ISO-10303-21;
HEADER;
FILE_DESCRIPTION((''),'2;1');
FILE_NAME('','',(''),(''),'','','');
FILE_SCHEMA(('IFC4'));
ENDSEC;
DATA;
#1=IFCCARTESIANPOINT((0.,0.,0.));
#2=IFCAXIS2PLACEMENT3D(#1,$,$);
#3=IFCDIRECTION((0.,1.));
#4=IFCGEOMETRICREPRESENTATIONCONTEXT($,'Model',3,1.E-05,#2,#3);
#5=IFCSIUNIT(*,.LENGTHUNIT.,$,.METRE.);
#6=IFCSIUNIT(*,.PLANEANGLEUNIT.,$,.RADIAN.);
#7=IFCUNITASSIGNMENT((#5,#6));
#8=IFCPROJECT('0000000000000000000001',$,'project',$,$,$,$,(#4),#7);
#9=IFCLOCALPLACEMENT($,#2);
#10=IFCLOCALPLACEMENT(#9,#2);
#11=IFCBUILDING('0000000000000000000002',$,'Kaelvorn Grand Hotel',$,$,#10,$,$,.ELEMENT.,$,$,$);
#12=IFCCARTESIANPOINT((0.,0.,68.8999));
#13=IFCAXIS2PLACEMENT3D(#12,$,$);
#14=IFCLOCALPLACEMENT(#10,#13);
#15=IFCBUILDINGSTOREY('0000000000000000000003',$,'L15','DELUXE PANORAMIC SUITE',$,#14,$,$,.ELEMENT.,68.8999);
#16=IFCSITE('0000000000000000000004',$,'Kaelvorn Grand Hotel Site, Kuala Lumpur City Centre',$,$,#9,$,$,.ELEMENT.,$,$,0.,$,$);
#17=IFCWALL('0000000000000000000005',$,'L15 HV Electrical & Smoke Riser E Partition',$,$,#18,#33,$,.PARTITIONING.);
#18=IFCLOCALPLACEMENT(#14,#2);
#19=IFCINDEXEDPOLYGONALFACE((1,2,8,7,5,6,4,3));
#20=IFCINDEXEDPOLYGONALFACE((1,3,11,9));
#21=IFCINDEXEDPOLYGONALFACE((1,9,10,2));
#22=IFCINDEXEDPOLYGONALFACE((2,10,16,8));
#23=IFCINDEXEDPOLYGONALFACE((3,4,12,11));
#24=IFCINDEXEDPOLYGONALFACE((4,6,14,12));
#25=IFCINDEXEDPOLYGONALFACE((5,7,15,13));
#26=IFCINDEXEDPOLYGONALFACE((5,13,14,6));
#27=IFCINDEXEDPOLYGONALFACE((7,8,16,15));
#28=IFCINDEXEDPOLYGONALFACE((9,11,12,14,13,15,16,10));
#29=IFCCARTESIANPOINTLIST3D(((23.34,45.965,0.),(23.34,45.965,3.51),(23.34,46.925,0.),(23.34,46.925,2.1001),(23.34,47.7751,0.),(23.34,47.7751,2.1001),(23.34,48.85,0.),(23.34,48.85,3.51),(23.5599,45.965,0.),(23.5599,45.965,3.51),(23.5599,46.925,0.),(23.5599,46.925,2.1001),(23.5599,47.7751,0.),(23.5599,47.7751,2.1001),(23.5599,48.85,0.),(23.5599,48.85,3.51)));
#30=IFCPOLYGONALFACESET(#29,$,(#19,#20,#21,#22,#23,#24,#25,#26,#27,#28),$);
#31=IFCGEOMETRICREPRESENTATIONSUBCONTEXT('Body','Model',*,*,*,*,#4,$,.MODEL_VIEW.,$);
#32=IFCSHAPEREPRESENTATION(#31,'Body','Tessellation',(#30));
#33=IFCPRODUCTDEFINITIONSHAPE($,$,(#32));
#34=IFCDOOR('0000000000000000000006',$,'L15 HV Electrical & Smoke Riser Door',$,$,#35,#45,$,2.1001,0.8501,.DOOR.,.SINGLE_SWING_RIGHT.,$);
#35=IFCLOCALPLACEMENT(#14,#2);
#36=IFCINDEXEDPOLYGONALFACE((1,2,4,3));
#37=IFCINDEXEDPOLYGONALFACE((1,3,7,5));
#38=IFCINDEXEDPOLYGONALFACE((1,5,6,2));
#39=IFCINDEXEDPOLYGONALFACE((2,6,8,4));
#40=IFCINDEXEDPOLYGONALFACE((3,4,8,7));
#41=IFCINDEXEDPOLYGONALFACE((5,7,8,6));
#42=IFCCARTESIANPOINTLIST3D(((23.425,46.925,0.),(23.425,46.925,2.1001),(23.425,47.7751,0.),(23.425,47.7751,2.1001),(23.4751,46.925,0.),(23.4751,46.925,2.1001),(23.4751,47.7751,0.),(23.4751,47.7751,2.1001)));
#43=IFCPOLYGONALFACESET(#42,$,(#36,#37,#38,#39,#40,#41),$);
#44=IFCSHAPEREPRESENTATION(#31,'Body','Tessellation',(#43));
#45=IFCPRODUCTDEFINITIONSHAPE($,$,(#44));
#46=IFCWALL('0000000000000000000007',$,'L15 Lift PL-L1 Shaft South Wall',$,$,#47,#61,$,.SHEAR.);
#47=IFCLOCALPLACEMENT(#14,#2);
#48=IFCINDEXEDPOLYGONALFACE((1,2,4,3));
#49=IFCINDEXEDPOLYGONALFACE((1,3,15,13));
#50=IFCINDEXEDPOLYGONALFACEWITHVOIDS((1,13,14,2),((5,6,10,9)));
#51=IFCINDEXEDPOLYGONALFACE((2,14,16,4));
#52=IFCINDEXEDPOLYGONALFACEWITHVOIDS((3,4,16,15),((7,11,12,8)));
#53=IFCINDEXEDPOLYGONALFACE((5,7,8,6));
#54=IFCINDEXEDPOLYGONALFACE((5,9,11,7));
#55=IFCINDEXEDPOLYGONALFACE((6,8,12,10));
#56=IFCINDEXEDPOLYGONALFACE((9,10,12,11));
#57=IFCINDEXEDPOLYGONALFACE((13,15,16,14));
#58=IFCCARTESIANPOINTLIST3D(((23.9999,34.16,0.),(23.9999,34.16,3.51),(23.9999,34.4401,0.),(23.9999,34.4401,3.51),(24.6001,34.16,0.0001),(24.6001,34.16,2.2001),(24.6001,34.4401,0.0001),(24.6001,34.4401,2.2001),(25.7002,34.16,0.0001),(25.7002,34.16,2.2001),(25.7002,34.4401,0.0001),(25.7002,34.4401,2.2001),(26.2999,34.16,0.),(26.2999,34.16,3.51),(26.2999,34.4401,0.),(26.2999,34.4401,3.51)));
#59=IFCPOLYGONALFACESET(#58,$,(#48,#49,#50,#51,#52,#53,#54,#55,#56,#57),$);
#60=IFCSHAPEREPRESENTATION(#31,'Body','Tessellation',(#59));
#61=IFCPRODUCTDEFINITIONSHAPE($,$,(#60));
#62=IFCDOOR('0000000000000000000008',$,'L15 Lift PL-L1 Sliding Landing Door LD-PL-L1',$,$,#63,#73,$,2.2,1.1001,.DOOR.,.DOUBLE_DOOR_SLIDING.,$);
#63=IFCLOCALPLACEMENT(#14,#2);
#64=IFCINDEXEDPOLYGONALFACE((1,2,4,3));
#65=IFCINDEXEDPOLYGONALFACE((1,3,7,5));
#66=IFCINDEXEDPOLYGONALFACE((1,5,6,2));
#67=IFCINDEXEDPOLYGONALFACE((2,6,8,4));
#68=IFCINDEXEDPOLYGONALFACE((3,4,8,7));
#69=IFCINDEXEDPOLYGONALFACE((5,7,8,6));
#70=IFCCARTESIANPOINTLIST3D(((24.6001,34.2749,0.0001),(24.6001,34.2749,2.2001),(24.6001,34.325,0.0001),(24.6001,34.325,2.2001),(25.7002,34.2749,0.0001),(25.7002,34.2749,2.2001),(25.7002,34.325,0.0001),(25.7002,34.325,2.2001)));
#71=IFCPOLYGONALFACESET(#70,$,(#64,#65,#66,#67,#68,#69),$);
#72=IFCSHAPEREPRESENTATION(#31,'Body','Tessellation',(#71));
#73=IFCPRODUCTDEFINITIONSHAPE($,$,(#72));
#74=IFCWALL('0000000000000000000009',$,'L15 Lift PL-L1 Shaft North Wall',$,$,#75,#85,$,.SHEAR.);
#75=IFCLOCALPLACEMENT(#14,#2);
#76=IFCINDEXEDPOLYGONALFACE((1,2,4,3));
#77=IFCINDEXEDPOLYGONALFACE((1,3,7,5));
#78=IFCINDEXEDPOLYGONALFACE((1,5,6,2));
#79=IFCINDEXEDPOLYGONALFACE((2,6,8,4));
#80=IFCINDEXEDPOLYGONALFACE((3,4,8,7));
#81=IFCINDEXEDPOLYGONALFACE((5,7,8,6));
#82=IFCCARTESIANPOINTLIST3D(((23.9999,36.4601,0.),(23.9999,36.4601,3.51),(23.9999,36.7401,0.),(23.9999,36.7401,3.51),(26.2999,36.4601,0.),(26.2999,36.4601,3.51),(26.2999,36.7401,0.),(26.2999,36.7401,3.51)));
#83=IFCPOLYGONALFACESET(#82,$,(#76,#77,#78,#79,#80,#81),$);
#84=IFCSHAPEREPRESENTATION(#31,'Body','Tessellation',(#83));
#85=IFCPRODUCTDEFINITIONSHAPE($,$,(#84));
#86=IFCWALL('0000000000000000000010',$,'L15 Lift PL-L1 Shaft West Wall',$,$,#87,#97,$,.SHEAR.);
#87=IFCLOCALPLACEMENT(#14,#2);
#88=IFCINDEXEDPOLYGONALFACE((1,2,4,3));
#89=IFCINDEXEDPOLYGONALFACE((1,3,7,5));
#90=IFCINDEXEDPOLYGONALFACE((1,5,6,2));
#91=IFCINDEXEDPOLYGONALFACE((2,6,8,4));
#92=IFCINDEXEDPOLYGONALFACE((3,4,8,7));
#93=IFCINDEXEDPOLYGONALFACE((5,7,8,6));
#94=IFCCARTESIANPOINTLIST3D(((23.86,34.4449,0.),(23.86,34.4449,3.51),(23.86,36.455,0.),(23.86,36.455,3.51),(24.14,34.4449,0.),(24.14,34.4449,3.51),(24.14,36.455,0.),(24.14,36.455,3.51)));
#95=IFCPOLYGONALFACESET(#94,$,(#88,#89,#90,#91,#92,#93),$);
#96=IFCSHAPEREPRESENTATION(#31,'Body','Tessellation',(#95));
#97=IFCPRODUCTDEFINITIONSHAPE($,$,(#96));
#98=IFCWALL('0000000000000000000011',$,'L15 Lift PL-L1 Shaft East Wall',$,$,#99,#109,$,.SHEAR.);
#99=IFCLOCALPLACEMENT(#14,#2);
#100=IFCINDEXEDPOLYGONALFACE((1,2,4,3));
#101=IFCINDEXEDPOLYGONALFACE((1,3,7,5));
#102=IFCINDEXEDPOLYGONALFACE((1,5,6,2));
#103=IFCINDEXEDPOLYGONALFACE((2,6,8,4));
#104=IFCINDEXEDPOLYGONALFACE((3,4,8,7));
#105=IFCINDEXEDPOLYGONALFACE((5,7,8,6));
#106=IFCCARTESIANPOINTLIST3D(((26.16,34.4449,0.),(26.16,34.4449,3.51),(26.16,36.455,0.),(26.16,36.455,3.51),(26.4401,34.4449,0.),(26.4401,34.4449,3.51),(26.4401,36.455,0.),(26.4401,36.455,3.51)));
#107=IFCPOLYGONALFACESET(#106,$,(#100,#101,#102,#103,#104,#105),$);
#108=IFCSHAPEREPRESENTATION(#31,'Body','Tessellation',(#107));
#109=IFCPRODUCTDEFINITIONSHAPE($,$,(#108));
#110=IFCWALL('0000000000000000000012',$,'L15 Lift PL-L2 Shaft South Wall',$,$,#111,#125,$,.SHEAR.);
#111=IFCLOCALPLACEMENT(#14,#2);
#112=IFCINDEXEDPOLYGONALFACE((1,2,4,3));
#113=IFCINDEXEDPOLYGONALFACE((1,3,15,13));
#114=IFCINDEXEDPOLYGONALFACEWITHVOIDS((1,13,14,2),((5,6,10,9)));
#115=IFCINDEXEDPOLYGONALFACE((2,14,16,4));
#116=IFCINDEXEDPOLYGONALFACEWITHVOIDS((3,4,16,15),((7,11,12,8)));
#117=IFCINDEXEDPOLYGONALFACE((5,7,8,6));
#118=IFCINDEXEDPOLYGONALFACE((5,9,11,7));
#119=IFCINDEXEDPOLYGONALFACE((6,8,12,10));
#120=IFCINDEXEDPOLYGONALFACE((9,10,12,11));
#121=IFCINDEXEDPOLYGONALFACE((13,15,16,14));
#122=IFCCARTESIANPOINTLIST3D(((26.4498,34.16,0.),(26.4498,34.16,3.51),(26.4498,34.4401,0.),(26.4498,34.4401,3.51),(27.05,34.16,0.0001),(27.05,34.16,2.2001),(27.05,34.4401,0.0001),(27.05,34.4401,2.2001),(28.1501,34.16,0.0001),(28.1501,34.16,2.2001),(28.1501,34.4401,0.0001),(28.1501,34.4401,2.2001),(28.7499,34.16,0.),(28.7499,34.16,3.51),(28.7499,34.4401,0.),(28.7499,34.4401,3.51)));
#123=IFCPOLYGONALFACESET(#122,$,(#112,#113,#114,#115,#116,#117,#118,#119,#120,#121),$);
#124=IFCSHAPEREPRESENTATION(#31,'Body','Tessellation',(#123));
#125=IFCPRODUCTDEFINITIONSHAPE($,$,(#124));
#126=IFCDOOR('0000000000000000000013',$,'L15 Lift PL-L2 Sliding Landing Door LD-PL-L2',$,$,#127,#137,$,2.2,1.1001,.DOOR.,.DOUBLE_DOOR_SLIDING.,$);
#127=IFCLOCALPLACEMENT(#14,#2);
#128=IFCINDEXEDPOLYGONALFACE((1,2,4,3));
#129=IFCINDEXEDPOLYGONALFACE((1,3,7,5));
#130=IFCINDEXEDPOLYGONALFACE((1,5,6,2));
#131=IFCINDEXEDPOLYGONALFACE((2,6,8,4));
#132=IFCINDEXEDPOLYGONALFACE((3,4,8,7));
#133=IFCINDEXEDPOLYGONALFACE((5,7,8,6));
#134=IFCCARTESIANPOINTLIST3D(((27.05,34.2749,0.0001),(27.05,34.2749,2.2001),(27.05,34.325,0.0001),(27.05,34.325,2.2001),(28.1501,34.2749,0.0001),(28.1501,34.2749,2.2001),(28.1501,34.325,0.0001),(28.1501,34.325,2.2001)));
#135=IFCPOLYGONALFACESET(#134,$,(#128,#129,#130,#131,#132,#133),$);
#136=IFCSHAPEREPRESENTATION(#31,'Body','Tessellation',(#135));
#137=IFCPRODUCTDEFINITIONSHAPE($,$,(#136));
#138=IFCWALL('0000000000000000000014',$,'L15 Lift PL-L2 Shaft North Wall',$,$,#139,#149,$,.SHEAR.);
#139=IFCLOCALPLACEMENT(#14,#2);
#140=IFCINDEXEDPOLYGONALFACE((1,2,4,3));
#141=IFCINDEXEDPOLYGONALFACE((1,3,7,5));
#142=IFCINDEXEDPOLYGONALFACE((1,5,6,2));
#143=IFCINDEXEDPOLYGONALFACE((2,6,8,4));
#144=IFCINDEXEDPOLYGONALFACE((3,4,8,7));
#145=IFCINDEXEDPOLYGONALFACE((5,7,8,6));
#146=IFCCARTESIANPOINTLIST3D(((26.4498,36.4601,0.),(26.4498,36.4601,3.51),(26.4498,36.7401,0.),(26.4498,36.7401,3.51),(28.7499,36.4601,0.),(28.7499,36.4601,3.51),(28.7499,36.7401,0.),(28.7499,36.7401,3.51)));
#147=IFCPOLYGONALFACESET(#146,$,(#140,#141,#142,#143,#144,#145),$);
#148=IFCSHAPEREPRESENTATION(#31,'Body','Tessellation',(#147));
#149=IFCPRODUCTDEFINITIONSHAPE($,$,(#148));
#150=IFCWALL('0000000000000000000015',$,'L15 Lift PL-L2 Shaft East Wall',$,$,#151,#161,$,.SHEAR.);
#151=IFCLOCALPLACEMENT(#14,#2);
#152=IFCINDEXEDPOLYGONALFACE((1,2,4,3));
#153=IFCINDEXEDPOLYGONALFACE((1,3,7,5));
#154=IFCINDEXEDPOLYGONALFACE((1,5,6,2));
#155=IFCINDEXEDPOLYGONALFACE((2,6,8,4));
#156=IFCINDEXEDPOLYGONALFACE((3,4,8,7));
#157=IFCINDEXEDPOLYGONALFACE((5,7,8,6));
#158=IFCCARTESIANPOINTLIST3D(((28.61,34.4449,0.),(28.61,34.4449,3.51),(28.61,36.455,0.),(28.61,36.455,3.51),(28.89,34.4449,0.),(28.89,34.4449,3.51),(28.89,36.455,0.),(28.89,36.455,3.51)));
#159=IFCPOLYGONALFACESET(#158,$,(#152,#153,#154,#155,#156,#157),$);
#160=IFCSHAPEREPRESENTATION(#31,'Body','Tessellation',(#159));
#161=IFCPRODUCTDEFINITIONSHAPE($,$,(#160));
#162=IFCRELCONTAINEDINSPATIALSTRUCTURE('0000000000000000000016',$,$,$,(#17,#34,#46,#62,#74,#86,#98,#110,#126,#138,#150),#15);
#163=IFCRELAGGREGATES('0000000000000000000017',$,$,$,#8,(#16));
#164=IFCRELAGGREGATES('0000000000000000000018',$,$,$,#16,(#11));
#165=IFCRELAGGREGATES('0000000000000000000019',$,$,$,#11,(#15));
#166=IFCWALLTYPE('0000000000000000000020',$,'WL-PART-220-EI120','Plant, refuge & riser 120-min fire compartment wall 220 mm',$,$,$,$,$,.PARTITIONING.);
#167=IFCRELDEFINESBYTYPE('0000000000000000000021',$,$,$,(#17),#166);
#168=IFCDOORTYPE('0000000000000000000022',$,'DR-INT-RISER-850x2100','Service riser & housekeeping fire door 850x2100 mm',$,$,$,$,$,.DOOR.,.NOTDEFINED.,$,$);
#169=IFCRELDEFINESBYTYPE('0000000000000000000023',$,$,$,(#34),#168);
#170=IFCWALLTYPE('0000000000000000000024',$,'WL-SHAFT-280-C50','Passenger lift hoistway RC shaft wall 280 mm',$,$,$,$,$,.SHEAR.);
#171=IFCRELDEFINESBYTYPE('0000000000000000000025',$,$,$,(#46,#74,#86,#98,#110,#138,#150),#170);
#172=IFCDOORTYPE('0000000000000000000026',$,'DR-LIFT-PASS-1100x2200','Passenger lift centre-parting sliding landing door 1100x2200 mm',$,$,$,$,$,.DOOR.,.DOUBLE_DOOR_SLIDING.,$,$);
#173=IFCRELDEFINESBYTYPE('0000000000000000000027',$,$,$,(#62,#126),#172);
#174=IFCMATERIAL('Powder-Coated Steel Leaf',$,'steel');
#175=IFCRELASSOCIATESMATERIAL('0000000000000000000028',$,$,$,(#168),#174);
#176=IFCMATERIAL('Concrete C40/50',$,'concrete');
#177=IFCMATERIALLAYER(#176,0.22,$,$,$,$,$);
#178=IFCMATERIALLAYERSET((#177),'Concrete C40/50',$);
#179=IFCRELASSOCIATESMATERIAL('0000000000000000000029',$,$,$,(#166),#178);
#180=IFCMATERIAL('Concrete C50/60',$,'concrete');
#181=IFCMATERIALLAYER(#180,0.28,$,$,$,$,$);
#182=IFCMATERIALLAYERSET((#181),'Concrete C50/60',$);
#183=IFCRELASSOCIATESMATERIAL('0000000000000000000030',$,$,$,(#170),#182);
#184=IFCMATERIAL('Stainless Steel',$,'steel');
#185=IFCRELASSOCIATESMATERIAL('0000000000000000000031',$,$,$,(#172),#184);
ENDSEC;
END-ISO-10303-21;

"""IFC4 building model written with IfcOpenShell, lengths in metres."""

from ifc_helpers import new_model, si_unit, direction, frame, frame_2d, origin, place, context, subcontext, project, spatial, rectangle, extrude, material, layer, layer_set, type_object, element, fill, save


model = new_model("IFC4")

# Units and contexts
model_context = context("Model", 3, precision=1e-05, world=origin(), true_north=direction((0.0, 1.0)))
body_context = subcontext(model_context, "Body", "Model", "MODEL_VIEW")
ifc_project = project(units=[si_unit("LENGTHUNIT", "METRE"), si_unit("PLANEANGLEUNIT", "RADIAN")], contexts=[model_context])

# Site, building, storey
site_placement = place(None, origin())
site = spatial("IfcSite", under=ifc_project, at=site_placement, Name="Kaelvorn Grand Hotel Site, Kuala Lumpur City Centre", CompositionType="ELEMENT", RefElevation=0.0)
building_placement = place(site_placement, origin())
building = spatial("IfcBuilding", under=site, at=building_placement, Name="Kaelvorn Grand Hotel", CompositionType="ELEMENT")
storey_placement = place(building_placement, frame((0.0, 0.0, 68.8999)))
storey = spatial("IfcBuildingStorey", under=building, at=storey_placement, Name="L15", Description="DELUXE PANORAMIC SUITE", CompositionType="ELEMENT", Elevation=68.8999)

# Shared definitions
ifc_material_1 = material(Name="Powder-Coated Steel Leaf", Category="steel")
door_type_1 = type_object("IfcDoorType", Name="DR-INT-RISER-850x2100", Description="Service riser & housekeeping fire door 850x2100 mm", OperationType="NOTDEFINED", PredefinedType="DOOR", material=ifc_material_1)

# Shared definitions
ifc_material_2 = material(Name="Concrete C40/50", Category="concrete")
ifc_layer_1 = layer(ifc_material_2, 0.22)
ifc_layer_set_1 = layer_set([ifc_layer_1], Name="Concrete C40/50")
wall_type_1 = type_object("IfcWallType", Name="WL-PART-220-EI120", Description="Plant, refuge & riser 120-min fire compartment wall 220 mm", PredefinedType="PARTITIONING", material=ifc_layer_set_1)

# Walls, openings, doors
wall_1_placement = place(storey_placement, frame((23.45, 45.9651, 0.0), z_axis=(0.0, 0.0, 1.0), x_axis=(0.0, 1.0, 0.0)))
wall_1 = element("IfcWall", 1, at=wall_1_placement, inside=storey, type_object=wall_type_1, Name="L15 HV Electrical & Smoke Riser E Partition", PredefinedType="PARTITIONING", context=body_context, shape_type="SweptSolid", body=[
    extrude(rectangle(XDim=2.885, YDim=0.22, at=frame_2d((1.4424, 0.0))), origin(), (0.0, 0.0, 1.0), 3.51),
])
opening_1_placement = place(wall_1_placement, frame((0.96, 0.0, 0.0)))
opening_1 = element("IfcOpeningElement", 2, at=opening_1_placement, cuts=wall_1, PredefinedType="OPENING", context=body_context, shape_type="SweptSolid", body=[
    extrude(rectangle(XDim=0.8501, YDim=2.1001, at=frame_2d((0.425, 1.05))), frame((0.0, 0.1201, 0.0), z_axis=(0.0, -1.0, 0.0), x_axis=(1.0, 0.0, 0.0)), (0.0, 0.0, 1.0), 0.24),
])
door_1_placement = place(opening_1_placement, origin())
door_1 = element("IfcDoor", 3, at=door_1_placement, inside=storey, type_object=door_type_1, Name="L15 HV Electrical & Smoke Riser Door", OperationType="SINGLE_SWING_RIGHT", OverallHeight=2.1001, OverallWidth=0.8501, PredefinedType="DOOR", context=body_context, shape_type="SweptSolid", body=[
    extrude(rectangle(XDim=0.8501, YDim=2.1001, at=frame_2d((0.425, 1.05))), frame((0.0, 0.0249, 0.0), z_axis=(0.0, -1.0, 0.0), x_axis=(1.0, 0.0, 0.0)), (0.0, 0.0, 1.0), 0.05),
])
fill(opening_1, door_1)
ifc_material_3 = material(Name="Concrete C50/60", Category="concrete")
ifc_layer_2 = layer(ifc_material_3, 0.28)
ifc_layer_set_2 = layer_set([ifc_layer_2], Name="Concrete C50/60")
wall_type_2 = type_object("IfcWallType", Name="WL-SHAFT-280-C50", Description="Passenger lift hoistway RC shaft wall 280 mm", PredefinedType="SHEAR", material=ifc_layer_set_2)
wall_2_placement = place(storey_placement, frame((24.0, 34.3, 0.0), z_axis=(0.0, 0.0, 1.0), x_axis=(1.0, 0.0, 0.0)))
wall_2 = element("IfcWall", 4, at=wall_2_placement, inside=storey, type_object=wall_type_2, Name="L15 Lift PL-L1 Shaft South Wall", PredefinedType="SHEAR", context=body_context, shape_type="SweptSolid", body=[
    extrude(rectangle(XDim=2.3, YDim=0.28, at=frame_2d((1.1499, 0.0))), origin(), (0.0, 0.0, 1.0), 3.51),
])
opening_2_placement = place(wall_2_placement, frame((0.6001, 0.0, 0.0)))
opening_2 = element("IfcOpeningElement", 5, at=opening_2_placement, cuts=wall_2, PredefinedType="OPENING", context=body_context, shape_type="SweptSolid", body=[
    extrude(rectangle(XDim=1.1001, YDim=2.2, at=frame_2d((0.55, 1.1001))), frame((0.0, 0.1499, 0.0), z_axis=(0.0, -1.0, 0.0), x_axis=(1.0, 0.0, 0.0)), (0.0, 0.0, 1.0), 0.3),
])
ifc_material_4 = material(Name="Stainless Steel", Category="steel")
door_type_2 = type_object("IfcDoorType", Name="DR-LIFT-PASS-1100x2200", Description="Passenger lift centre-parting sliding landing door 1100x2200 mm", OperationType="DOUBLE_DOOR_SLIDING", PredefinedType="DOOR", material=ifc_material_4)
door_2_placement = place(opening_2_placement, origin())
door_2 = element("IfcDoor", 6, at=door_2_placement, inside=storey, type_object=door_type_2, Name="L15 Lift PL-L1 Sliding Landing Door LD-PL-L1", OperationType="DOUBLE_DOOR_SLIDING", OverallHeight=2.2, OverallWidth=1.1001, PredefinedType="DOOR", context=body_context, shape_type="SweptSolid", body=[
    extrude(rectangle(XDim=1.1001, YDim=2.2, at=frame_2d((0.55, 1.1001))), frame((0.0, 0.0249, 0.0), z_axis=(0.0, -1.0, 0.0), x_axis=(1.0, 0.0, 0.0)), (0.0, 0.0, 1.0), 0.05),
])
fill(opening_2, door_2)

# Walls
wall_3_placement = place(storey_placement, frame((24.0, 36.6001, 0.0), z_axis=(0.0, 0.0, 1.0), x_axis=(1.0, 0.0, 0.0)))
element("IfcWall", 7, at=wall_3_placement, inside=storey, type_object=wall_type_2, Name="L15 Lift PL-L1 Shaft North Wall", PredefinedType="SHEAR", context=body_context, shape_type="SweptSolid", body=[
    extrude(rectangle(XDim=2.3, YDim=0.28, at=frame_2d((1.1499, 0.0))), origin(), (0.0, 0.0, 1.0), 3.51),
])
for number, where, z_axis, x_axis, name in (
    (8, (24.0, 34.4451, 0.0), (0.0, 0.0, 1.0), (0.0, 1.0, 0.0), "L15 Lift PL-L1 Shaft West Wall"),
    (9, (26.3, 34.4451, 0.0), (0.0, 0.0, 1.0), (0.0, 1.0, 0.0), "L15 Lift PL-L1 Shaft East Wall"),
):
    element("IfcWall", number, at=place(storey_placement, frame(where, z_axis=z_axis, x_axis=x_axis)), inside=storey, type_object=wall_type_2, Name=name, PredefinedType="SHEAR", context=body_context, shape_type="SweptSolid", body=[
        extrude(rectangle(XDim=2.01, YDim=0.28, at=frame_2d((1.0049, 0.0))), origin(), (0.0, 0.0, 1.0), 3.51),
    ])

# Wall, opening, door
wall_4_placement = place(storey_placement, frame((26.45, 34.3, 0.0), z_axis=(0.0, 0.0, 1.0), x_axis=(1.0, 0.0, 0.0)))
wall_4 = element("IfcWall", 10, at=wall_4_placement, inside=storey, type_object=wall_type_2, Name="L15 Lift PL-L2 Shaft South Wall", PredefinedType="SHEAR", context=body_context, shape_type="SweptSolid", body=[
    extrude(rectangle(XDim=2.3, YDim=0.28, at=frame_2d((1.1499, 0.0))), origin(), (0.0, 0.0, 1.0), 3.51),
])
opening_3_placement = place(wall_4_placement, frame((0.6001, 0.0, 0.0)))
opening_3 = element("IfcOpeningElement", 11, at=opening_3_placement, cuts=wall_4, PredefinedType="OPENING", context=body_context, shape_type="SweptSolid", body=[
    extrude(rectangle(XDim=1.1001, YDim=2.2, at=frame_2d((0.55, 1.1001))), frame((0.0, 0.1499, 0.0), z_axis=(0.0, -1.0, 0.0), x_axis=(1.0, 0.0, 0.0)), (0.0, 0.0, 1.0), 0.3),
])
door_3_placement = place(opening_3_placement, origin())
door_3 = element("IfcDoor", 12, at=door_3_placement, inside=storey, type_object=door_type_2, Name="L15 Lift PL-L2 Sliding Landing Door LD-PL-L2", OperationType="DOUBLE_DOOR_SLIDING", OverallHeight=2.2, OverallWidth=1.1001, PredefinedType="DOOR", context=body_context, shape_type="SweptSolid", body=[
    extrude(rectangle(XDim=1.1001, YDim=2.2, at=frame_2d((0.55, 1.1001))), frame((0.0, 0.0249, 0.0), z_axis=(0.0, -1.0, 0.0), x_axis=(1.0, 0.0, 0.0)), (0.0, 0.0, 1.0), 0.05),
])
fill(opening_3, door_3)

# Walls
wall_5_placement = place(storey_placement, frame((26.45, 36.6001, 0.0), z_axis=(0.0, 0.0, 1.0), x_axis=(1.0, 0.0, 0.0)))
element("IfcWall", 13, at=wall_5_placement, inside=storey, type_object=wall_type_2, Name="L15 Lift PL-L2 Shaft North Wall", PredefinedType="SHEAR", context=body_context, shape_type="SweptSolid", body=[
    extrude(rectangle(XDim=2.3, YDim=0.28, at=frame_2d((1.1499, 0.0))), origin(), (0.0, 0.0, 1.0), 3.51),
])
wall_6_placement = place(storey_placement, frame((28.75, 34.4451, 0.0), z_axis=(0.0, 0.0, 1.0), x_axis=(0.0, 1.0, 0.0)))
element("IfcWall", 14, at=wall_6_placement, inside=storey, type_object=wall_type_2, Name="L15 Lift PL-L2 Shaft East Wall", PredefinedType="SHEAR", context=body_context, shape_type="SweptSolid", body=[
    extrude(rectangle(XDim=2.01, YDim=0.28, at=frame_2d((1.0049, 0.0))), origin(), (0.0, 0.0, 1.0), 3.51),
])

save(model, "model.ifc")
